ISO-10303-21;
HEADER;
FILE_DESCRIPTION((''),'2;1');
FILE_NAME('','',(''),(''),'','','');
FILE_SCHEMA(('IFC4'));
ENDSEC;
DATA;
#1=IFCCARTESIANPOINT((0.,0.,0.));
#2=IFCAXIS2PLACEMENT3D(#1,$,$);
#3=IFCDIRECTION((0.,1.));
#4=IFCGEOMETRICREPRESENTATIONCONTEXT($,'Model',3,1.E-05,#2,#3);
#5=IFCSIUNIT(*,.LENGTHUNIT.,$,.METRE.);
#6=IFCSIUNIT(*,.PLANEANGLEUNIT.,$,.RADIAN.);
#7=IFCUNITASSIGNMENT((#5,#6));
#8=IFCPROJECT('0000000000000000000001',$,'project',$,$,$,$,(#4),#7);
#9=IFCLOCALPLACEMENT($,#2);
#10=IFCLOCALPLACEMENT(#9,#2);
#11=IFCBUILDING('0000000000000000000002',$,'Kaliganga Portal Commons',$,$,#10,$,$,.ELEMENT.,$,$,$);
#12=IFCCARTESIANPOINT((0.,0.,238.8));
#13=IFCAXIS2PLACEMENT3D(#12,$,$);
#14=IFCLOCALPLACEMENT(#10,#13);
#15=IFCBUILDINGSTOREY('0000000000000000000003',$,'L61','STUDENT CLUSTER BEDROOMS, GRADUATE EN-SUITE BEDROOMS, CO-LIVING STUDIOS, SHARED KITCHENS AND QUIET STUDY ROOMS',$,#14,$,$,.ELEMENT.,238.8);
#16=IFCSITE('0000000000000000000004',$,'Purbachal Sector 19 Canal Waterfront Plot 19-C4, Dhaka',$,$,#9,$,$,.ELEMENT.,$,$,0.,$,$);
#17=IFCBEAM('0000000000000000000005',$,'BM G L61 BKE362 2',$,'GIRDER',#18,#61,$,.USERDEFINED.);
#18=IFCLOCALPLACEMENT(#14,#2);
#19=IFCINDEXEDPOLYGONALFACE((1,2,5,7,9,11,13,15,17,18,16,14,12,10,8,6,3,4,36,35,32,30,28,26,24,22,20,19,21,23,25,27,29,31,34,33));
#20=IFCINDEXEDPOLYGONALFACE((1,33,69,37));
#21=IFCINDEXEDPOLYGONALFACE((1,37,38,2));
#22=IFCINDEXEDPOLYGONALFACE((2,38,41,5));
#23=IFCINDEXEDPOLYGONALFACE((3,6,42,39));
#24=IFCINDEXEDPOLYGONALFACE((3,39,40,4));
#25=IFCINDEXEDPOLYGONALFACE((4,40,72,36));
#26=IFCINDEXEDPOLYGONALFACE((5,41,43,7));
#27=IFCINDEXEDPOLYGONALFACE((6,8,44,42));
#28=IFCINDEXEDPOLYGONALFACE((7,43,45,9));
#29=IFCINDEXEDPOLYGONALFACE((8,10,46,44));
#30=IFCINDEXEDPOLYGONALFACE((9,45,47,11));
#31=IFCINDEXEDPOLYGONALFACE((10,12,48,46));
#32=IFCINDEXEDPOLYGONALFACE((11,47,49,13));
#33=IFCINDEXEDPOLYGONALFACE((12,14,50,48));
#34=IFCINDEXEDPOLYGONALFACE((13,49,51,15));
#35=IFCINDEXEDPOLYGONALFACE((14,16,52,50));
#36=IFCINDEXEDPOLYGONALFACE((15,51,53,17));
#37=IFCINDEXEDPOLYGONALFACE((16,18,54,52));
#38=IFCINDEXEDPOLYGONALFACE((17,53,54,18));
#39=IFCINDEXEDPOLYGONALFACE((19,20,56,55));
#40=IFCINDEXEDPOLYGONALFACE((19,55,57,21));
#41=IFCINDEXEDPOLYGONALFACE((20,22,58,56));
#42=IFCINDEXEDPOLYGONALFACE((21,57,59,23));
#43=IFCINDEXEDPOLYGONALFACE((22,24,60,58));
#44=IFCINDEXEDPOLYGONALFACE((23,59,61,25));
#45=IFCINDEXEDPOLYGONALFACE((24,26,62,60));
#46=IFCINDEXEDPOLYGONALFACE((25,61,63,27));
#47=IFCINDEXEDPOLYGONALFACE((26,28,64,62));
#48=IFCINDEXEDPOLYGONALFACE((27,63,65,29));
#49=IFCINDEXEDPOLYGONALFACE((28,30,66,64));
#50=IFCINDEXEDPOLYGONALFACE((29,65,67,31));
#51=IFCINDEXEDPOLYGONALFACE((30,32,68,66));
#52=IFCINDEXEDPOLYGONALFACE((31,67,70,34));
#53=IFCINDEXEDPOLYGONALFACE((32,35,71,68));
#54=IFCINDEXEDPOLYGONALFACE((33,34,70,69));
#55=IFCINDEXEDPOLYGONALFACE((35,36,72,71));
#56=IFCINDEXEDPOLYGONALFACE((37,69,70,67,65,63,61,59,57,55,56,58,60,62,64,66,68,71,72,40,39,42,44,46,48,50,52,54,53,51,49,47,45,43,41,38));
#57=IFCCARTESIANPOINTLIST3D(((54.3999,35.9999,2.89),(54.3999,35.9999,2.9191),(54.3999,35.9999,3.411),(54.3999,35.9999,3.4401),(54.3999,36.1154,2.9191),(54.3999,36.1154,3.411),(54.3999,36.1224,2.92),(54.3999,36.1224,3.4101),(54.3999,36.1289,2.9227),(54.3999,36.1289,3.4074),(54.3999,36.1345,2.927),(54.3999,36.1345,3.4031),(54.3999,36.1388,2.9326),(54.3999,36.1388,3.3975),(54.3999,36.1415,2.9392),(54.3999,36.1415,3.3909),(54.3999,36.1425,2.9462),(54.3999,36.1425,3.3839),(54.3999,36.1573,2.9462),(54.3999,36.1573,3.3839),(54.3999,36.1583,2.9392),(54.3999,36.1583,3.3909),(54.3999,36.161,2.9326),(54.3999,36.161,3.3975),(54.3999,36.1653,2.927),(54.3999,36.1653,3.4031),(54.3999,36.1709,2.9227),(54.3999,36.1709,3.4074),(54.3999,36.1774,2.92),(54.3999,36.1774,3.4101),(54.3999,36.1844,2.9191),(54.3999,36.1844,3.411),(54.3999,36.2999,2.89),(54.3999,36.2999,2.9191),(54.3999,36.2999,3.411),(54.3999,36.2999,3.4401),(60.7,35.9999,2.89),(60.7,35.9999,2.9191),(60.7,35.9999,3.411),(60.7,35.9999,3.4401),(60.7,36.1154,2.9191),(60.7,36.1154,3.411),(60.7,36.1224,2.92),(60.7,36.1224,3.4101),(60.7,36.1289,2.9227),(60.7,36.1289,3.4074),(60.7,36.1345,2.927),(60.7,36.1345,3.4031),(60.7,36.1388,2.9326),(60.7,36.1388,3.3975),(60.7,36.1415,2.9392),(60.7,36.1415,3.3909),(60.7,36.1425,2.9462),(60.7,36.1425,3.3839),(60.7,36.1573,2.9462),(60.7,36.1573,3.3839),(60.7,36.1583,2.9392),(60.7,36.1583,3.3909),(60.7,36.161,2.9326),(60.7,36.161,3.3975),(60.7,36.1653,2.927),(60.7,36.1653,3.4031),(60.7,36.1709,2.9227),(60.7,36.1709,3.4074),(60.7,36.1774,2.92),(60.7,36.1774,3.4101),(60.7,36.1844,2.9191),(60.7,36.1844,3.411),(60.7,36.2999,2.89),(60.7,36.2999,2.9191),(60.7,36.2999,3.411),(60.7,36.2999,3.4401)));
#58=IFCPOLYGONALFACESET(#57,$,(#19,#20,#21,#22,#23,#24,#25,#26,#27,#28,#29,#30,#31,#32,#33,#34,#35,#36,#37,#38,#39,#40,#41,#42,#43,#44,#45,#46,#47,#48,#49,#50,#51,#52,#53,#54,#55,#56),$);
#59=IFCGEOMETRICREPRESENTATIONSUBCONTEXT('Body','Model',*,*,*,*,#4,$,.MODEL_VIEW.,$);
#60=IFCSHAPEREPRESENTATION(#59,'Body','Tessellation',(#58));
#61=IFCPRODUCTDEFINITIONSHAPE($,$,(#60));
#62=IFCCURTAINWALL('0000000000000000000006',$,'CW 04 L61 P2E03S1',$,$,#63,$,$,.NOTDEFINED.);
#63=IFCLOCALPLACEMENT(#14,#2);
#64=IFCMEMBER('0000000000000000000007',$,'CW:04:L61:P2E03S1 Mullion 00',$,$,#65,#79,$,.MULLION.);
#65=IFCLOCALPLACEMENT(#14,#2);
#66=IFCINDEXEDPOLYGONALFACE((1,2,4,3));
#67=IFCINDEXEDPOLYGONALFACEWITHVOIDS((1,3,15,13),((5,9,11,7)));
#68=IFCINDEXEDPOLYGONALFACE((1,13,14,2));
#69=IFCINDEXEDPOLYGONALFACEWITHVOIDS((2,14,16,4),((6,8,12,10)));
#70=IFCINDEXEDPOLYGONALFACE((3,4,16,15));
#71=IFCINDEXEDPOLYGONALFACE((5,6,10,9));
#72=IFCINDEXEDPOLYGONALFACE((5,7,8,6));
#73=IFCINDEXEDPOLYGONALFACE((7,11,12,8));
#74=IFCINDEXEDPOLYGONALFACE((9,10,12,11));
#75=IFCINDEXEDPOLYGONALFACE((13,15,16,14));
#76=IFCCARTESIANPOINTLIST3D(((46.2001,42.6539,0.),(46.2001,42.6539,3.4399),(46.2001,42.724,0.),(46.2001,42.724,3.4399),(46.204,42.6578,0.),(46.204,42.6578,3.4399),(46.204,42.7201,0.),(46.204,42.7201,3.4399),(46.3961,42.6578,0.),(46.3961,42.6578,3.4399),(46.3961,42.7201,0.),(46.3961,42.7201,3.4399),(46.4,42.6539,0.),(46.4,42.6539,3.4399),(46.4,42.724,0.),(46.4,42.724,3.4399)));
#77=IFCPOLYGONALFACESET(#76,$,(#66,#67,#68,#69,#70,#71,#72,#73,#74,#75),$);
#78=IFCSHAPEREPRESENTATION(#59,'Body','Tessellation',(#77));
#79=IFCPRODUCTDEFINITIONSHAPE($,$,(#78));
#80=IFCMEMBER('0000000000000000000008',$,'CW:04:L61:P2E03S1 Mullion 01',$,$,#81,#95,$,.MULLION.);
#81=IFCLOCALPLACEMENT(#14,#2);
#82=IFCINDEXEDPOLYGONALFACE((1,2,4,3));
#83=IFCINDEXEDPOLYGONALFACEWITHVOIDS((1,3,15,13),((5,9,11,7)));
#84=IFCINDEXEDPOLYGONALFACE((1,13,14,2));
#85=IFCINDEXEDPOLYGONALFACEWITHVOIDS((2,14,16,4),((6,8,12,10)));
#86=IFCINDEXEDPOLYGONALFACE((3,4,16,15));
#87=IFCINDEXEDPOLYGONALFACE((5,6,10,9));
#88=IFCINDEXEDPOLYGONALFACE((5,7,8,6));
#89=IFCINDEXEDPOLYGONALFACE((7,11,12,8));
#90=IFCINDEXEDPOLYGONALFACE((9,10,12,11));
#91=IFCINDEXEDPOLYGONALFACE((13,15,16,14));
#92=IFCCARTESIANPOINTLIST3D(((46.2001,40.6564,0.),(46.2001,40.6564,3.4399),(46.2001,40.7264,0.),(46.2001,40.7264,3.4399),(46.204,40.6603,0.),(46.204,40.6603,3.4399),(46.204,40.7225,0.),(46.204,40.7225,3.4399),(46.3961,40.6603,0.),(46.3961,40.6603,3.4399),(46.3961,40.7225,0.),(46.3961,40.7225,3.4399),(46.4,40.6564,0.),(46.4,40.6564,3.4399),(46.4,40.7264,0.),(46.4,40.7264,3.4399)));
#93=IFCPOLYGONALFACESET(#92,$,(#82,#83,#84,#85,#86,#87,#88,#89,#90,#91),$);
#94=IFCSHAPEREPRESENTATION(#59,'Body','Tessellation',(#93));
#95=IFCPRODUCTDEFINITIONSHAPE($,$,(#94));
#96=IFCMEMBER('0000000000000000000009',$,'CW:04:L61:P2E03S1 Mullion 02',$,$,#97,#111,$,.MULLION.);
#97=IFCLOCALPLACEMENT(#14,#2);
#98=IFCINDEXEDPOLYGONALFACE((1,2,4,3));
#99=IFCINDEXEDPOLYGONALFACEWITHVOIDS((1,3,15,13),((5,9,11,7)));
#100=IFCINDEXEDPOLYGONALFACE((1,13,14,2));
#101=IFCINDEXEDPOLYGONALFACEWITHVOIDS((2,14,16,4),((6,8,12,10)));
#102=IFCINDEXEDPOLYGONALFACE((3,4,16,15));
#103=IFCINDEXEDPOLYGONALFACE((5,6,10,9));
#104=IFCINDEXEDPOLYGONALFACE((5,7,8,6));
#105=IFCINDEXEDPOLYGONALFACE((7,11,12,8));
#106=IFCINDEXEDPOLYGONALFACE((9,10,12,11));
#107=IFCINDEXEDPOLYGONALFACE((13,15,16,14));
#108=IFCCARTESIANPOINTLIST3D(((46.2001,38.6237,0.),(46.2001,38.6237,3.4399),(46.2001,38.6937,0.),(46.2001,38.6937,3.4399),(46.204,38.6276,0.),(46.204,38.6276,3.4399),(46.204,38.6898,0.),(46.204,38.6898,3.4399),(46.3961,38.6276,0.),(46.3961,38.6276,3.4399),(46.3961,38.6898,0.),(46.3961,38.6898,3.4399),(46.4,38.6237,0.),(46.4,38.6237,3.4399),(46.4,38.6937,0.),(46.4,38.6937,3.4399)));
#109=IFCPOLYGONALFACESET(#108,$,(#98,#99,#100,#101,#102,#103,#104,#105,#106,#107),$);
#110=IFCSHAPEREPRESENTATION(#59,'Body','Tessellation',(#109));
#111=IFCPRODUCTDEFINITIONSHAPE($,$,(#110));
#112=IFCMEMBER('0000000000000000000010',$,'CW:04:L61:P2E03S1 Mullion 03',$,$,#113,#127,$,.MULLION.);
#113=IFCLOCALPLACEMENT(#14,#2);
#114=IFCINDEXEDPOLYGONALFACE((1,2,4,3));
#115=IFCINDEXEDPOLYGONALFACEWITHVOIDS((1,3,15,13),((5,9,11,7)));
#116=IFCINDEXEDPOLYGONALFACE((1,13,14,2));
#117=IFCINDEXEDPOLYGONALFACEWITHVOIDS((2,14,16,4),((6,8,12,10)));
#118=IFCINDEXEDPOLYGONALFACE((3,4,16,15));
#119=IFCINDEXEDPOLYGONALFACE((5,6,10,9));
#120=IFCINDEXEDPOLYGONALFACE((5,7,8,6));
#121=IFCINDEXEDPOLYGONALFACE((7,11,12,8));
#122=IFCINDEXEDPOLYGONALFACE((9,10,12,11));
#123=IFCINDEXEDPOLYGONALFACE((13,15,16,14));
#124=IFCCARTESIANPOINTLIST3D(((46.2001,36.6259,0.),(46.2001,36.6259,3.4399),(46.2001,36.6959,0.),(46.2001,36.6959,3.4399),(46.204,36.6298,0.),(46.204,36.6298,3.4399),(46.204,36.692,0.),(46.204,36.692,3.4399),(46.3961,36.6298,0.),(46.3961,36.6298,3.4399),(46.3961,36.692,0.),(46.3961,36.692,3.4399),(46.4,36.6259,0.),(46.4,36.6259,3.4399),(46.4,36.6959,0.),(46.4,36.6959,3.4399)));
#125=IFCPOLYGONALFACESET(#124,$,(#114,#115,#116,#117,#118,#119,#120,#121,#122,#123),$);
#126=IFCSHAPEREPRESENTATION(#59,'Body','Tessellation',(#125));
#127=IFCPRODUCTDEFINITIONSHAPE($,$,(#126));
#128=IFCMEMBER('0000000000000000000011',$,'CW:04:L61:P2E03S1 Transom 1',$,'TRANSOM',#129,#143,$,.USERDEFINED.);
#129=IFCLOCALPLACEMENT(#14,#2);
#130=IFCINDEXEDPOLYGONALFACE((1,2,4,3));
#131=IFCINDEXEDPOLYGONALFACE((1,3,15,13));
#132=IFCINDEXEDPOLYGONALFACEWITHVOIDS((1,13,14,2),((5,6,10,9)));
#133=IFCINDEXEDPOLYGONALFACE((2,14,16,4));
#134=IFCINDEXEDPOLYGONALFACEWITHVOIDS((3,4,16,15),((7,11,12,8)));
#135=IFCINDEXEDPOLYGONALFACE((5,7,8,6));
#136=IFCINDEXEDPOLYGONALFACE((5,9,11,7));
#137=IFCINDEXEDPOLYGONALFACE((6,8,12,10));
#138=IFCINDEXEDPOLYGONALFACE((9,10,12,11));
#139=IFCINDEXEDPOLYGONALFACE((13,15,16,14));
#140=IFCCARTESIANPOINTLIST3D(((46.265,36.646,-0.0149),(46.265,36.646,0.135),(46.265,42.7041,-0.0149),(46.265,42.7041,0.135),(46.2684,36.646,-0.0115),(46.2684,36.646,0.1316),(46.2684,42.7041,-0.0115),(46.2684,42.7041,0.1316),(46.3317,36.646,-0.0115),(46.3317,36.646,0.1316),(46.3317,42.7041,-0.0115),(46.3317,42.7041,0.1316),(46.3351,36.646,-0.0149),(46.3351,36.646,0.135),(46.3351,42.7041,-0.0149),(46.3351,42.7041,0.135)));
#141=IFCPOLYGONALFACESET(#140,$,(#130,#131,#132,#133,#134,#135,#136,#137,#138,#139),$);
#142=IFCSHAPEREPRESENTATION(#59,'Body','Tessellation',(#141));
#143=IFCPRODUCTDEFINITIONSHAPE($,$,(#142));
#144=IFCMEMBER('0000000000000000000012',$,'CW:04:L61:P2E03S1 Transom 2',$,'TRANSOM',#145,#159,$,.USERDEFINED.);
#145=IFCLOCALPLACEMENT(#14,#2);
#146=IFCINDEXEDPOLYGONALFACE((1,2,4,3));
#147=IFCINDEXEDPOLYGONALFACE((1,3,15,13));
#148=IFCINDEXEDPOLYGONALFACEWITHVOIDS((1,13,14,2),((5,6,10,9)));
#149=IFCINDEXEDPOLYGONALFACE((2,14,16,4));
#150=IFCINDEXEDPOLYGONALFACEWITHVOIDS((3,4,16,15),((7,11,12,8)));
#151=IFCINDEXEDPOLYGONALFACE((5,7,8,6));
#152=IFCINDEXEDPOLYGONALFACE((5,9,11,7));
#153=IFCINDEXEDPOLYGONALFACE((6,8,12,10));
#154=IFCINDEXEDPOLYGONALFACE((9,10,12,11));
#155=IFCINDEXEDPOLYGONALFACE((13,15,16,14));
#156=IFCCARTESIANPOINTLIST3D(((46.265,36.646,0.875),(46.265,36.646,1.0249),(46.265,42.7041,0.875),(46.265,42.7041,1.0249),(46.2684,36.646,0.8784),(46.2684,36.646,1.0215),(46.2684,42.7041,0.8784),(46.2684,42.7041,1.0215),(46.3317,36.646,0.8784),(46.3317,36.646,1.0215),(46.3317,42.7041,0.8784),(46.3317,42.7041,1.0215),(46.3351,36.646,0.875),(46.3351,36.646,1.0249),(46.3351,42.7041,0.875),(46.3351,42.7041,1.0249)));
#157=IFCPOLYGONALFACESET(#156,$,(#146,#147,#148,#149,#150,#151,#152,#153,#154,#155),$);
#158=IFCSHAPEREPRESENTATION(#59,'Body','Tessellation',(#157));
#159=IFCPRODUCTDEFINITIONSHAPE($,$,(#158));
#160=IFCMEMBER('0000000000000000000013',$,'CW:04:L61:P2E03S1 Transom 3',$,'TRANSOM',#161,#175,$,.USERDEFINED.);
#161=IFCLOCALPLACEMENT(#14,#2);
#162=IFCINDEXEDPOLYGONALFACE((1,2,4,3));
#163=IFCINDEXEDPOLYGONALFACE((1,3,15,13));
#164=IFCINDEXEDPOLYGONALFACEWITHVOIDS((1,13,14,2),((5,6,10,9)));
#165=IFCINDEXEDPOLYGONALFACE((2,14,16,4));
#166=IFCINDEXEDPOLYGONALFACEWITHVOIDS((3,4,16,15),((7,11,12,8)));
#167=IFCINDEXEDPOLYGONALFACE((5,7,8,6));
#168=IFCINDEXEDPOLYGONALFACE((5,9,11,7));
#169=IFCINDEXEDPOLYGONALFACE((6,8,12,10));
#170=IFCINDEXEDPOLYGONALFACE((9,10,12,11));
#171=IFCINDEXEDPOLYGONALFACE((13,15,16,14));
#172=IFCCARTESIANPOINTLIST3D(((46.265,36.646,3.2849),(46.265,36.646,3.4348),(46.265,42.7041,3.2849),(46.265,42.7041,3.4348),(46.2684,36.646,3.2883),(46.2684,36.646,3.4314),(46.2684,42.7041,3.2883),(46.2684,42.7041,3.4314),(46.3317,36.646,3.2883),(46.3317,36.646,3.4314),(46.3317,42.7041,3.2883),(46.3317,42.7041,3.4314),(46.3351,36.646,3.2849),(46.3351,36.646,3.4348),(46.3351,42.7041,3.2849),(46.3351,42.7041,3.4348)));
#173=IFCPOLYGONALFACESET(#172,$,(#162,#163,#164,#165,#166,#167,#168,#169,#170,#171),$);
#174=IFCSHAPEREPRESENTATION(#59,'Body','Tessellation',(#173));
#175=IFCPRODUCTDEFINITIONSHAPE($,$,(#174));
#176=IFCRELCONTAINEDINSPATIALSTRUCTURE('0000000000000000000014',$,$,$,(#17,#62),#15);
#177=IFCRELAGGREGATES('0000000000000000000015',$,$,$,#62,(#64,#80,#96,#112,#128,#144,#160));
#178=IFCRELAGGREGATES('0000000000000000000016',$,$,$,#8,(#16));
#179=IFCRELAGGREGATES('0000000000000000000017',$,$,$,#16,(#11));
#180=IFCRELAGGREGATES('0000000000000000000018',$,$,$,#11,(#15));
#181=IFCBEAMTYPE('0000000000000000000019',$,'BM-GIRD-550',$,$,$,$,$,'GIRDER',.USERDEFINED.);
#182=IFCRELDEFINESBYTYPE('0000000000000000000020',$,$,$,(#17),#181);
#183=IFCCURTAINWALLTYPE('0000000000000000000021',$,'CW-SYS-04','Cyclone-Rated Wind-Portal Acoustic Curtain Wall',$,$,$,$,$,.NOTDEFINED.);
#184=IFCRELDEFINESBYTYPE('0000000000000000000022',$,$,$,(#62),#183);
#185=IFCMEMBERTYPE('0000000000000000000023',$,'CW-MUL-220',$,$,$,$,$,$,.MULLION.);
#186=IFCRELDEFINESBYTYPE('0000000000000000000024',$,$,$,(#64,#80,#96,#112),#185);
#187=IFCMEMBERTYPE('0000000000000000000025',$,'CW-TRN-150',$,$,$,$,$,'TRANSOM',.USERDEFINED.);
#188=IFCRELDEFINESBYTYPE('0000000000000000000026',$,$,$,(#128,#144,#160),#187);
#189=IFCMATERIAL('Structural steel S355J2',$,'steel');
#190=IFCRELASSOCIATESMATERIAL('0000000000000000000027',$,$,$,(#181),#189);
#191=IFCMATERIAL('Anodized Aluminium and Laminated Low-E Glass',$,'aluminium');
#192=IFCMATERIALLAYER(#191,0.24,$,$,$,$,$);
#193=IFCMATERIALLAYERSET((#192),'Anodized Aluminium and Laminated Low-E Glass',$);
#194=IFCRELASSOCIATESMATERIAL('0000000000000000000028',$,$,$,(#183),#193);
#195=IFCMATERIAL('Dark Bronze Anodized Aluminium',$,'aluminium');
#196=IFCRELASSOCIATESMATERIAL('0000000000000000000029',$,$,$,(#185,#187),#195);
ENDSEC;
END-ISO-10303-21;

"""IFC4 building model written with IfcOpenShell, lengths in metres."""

from ifc_helpers import new_model, si_unit, direction, frame, origin, origin_2d, place, context, subcontext, project, spatial, hollow_rectangle, i_section, extrude, source, transform, mapped, material, layer, layer_set, material_profile, profile_set, type_object, element, aggregate, save


model = new_model("IFC4")

# Units and contexts
model_context = context("Model", 3, precision=1e-05, world=origin(), true_north=direction((0.0, 1.0)))
body_context = subcontext(model_context, "Body", "Model", "MODEL_VIEW")
ifc_project = project(units=[si_unit("LENGTHUNIT", "METRE"), si_unit("PLANEANGLEUNIT", "RADIAN")], contexts=[model_context])

# Site, building, storey
site_placement = place(None, origin())
site = spatial("IfcSite", under=ifc_project, at=site_placement, Name="Purbachal Sector 19 Canal Waterfront Plot 19-C4, Dhaka", CompositionType="ELEMENT", RefElevation=0.0)
building_placement = place(site_placement, origin())
building = spatial("IfcBuilding", under=site, at=building_placement, Name="Kaliganga Portal Commons", CompositionType="ELEMENT")
storey_placement = place(building_placement, frame((0.0, 0.0, 238.8)))
storey = spatial("IfcBuildingStorey", under=building, at=storey_placement, Name="L61", Description="STUDENT CLUSTER BEDROOMS, GRADUATE EN-SUITE BEDROOMS, CO-LIVING STUDIOS, SHARED KITCHENS AND QUIET STUDY ROOMS", CompositionType="ELEMENT", Elevation=238.8)

# Shared definitions
ifc_material_1 = material(Name="Structural steel S355J2", Category="steel")

# Beam
ifc_material_profile_1 = material_profile(ifc_material_1, i_section(OverallWidth=0.3, OverallDepth=0.55, WebThickness=0.0149, FlangeThickness=0.0291, FilletRadius=0.0271, at=origin_2d()), Name="HE 550 B")
ifc_profile_set_1 = profile_set([ifc_material_profile_1], Name="Structural steel S355J2 wide-flange")
beam_type = type_object("IfcBeamType", Name="BM-GIRD-550", ElementType="GIRDER", PredefinedType="USERDEFINED", material=ifc_profile_set_1)
shared_shape_1 = source(origin(), body_context, "Body", "SweptSolid", [
    extrude(i_section(OverallWidth=0.3, OverallDepth=0.55, WebThickness=0.0149, FlangeThickness=0.0291, FilletRadius=0.0271, at=origin_2d()), origin(), (0.0, 0.0, 1.0), 6.3),
])
beam_1_placement = place(storey_placement, frame((54.3999, 36.1499, 3.165), z_axis=(1.0, 0.0, 0.0), x_axis=(0.0, 1.0, 0.0)))
element("IfcBeam", 1, at=beam_1_placement, inside=storey, type_object=beam_type, Name="BM G L61 BKE362 2", ObjectType="GIRDER", PredefinedType="USERDEFINED", context=body_context, shape_type="MappedRepresentation", body=[
    mapped(shared_shape_1, transform((0.0, 0.0, 0.0), x_axis=(1.0, 0.0, 0.0), y_axis=(0.0, 1.0, 0.0), z_axis=(0.0, 0.0, 1.0), scale=1.0)),
])

# Curtain wall, members
ifc_material_2 = material(Name="Anodized Aluminium and Laminated Low-E Glass", Category="aluminium")
ifc_layer_1 = layer(ifc_material_2, 0.24)
ifc_layer_set_1 = layer_set([ifc_layer_1], Name="Anodized Aluminium and Laminated Low-E Glass")
curtain_wall_type = type_object("IfcCurtainWallType", Name="CW-SYS-04", Description="Cyclone-Rated Wind-Portal Acoustic Curtain Wall", PredefinedType="NOTDEFINED", material=ifc_layer_set_1)
curtain_wall_placement = place(storey_placement, origin())
curtain_wall = element("IfcCurtainWall", 2, at=curtain_wall_placement, inside=storey, type_object=curtain_wall_type, Name="CW 04 L61 P2E03S1", PredefinedType="NOTDEFINED")
ifc_material_3 = material(Name="Dark Bronze Anodized Aluminium", Category="aluminium")
ifc_material_profile_2 = material_profile(ifc_material_3, hollow_rectangle(XDim=0.0701, YDim=0.2, WallThickness=0.0039, at=origin_2d()), Name="ALU MULL 70x200x4")
ifc_profile_set_2 = profile_set([ifc_material_profile_2], Name="Dark Bronze Anodized Aluminium")
member_type_1 = type_object("IfcMemberType", Name="CW-MUL-220", PredefinedType="MULLION", material=ifc_profile_set_2)
shared_shape_2 = source(origin(), body_context, "Body", "SweptSolid", [
    extrude(hollow_rectangle(XDim=0.0701, YDim=0.2, WallThickness=0.0039, at=origin_2d()), origin(), (0.0, 0.0, 1.0), 3.4399),
])
member_1_placement = place(storey_placement, frame((46.3, 42.689, 0.0), z_axis=(0.0, 0.0, 1.0), x_axis=(0.0, -1.0, 0.0)))
member_1 = element("IfcMember", 3, at=member_1_placement, type_object=member_type_1, Name="CW:04:L61:P2E03S1 Mullion 00", PredefinedType="MULLION", context=body_context, shape_type="MappedRepresentation", body=[
    mapped(shared_shape_2, transform((0.0, 0.0, 0.0), x_axis=(1.0, 0.0, 0.0), y_axis=(0.0, 1.0, 0.0), z_axis=(0.0, 0.0, 1.0), scale=1.0)),
])
member_2_placement = place(storey_placement, frame((46.3, 40.6914, 0.0), z_axis=(0.0, 0.0, 1.0), x_axis=(0.0, -1.0, 0.0)))
member_2 = element("IfcMember", 4, at=member_2_placement, type_object=member_type_1, Name="CW:04:L61:P2E03S1 Mullion 01", PredefinedType="MULLION", context=body_context, shape_type="MappedRepresentation", body=[
    mapped(shared_shape_2, transform((0.0, 0.0, 0.0), x_axis=(1.0, 0.0, 0.0), y_axis=(0.0, 1.0, 0.0), z_axis=(0.0, 0.0, 1.0), scale=1.0)),
])
member_3_placement = place(storey_placement, frame((46.3, 38.6587, 0.0), z_axis=(0.0, 0.0, 1.0), x_axis=(0.0, -1.0, 0.0)))
member_3 = element("IfcMember", 5, at=member_3_placement, type_object=member_type_1, Name="CW:04:L61:P2E03S1 Mullion 02", PredefinedType="MULLION", context=body_context, shape_type="MappedRepresentation", body=[
    mapped(shared_shape_2, transform((0.0, 0.0, 0.0), x_axis=(1.0, 0.0, 0.0), y_axis=(0.0, 1.0, 0.0), z_axis=(0.0, 0.0, 1.0), scale=1.0)),
])
member_4_placement = place(storey_placement, frame((46.3, 36.6609, 0.0), z_axis=(0.0, 0.0, 1.0), x_axis=(0.0, -1.0, 0.0)))
member_4 = element("IfcMember", 6, at=member_4_placement, type_object=member_type_1, Name="CW:04:L61:P2E03S1 Mullion 03", PredefinedType="MULLION", context=body_context, shape_type="MappedRepresentation", body=[
    mapped(shared_shape_2, transform((0.0, 0.0, 0.0), x_axis=(1.0, 0.0, 0.0), y_axis=(0.0, 1.0, 0.0), z_axis=(0.0, 0.0, 1.0), scale=1.0)),
])
ifc_material_profile_3 = material_profile(ifc_material_3, hollow_rectangle(XDim=0.0701, YDim=0.1499, WallThickness=0.0034, at=origin_2d()), Name="ALU TRAN 70x150x3.5")
ifc_profile_set_3 = profile_set([ifc_material_profile_3], Name="Dark Bronze Anodized Aluminium")
member_type_2 = type_object("IfcMemberType", Name="CW-TRN-150", ElementType="TRANSOM", PredefinedType="USERDEFINED", material=ifc_profile_set_3)
shared_shape_3 = source(origin(), body_context, "Body", "SweptSolid", [
    extrude(hollow_rectangle(XDim=0.0701, YDim=0.1499, WallThickness=0.0034, at=origin_2d()), origin(), (0.0, 0.0, 1.0), 6.0581),
])
member_5_placement = place(storey_placement, frame((46.3, 42.7041, 0.0601), z_axis=(0.0, -1.0, 0.0), x_axis=(1.0, 0.0, 0.0)))
member_5 = element("IfcMember", 7, at=member_5_placement, type_object=member_type_2, Name="CW:04:L61:P2E03S1 Transom 1", ObjectType="TRANSOM", PredefinedType="USERDEFINED", context=body_context, shape_type="MappedRepresentation", body=[
    mapped(shared_shape_3, transform((0.0, 0.0, 0.0), x_axis=(1.0, 0.0, 0.0), y_axis=(0.0, 1.0, 0.0), z_axis=(0.0, 0.0, 1.0), scale=1.0)),
])
member_6_placement = place(storey_placement, frame((46.3, 42.7041, 0.95), z_axis=(0.0, -1.0, 0.0), x_axis=(1.0, 0.0, 0.0)))
member_6 = element("IfcMember", 8, at=member_6_placement, type_object=member_type_2, Name="CW:04:L61:P2E03S1 Transom 2", ObjectType="TRANSOM", PredefinedType="USERDEFINED", context=body_context, shape_type="MappedRepresentation", body=[
    mapped(shared_shape_3, transform((0.0, 0.0, 0.0), x_axis=(1.0, 0.0, 0.0), y_axis=(0.0, 1.0, 0.0), z_axis=(0.0, 0.0, 1.0), scale=1.0)),
])
member_7_placement = place(storey_placement, frame((46.3, 42.7041, 3.3599), z_axis=(0.0, -1.0, 0.0), x_axis=(1.0, 0.0, 0.0)))
member_7 = element("IfcMember", 9, at=member_7_placement, type_object=member_type_2, Name="CW:04:L61:P2E03S1 Transom 3", ObjectType="TRANSOM", PredefinedType="USERDEFINED", context=body_context, shape_type="MappedRepresentation", body=[
    mapped(shared_shape_3, transform((0.0, 0.0, 0.0), x_axis=(1.0, 0.0, 0.0), y_axis=(0.0, 1.0, 0.0), z_axis=(0.0, 0.0, 1.0), scale=1.0)),
])
aggregate(curtain_wall, [member_1, member_2, member_3, member_4, member_5, member_6, member_7])

save(model, "model.ifc")
